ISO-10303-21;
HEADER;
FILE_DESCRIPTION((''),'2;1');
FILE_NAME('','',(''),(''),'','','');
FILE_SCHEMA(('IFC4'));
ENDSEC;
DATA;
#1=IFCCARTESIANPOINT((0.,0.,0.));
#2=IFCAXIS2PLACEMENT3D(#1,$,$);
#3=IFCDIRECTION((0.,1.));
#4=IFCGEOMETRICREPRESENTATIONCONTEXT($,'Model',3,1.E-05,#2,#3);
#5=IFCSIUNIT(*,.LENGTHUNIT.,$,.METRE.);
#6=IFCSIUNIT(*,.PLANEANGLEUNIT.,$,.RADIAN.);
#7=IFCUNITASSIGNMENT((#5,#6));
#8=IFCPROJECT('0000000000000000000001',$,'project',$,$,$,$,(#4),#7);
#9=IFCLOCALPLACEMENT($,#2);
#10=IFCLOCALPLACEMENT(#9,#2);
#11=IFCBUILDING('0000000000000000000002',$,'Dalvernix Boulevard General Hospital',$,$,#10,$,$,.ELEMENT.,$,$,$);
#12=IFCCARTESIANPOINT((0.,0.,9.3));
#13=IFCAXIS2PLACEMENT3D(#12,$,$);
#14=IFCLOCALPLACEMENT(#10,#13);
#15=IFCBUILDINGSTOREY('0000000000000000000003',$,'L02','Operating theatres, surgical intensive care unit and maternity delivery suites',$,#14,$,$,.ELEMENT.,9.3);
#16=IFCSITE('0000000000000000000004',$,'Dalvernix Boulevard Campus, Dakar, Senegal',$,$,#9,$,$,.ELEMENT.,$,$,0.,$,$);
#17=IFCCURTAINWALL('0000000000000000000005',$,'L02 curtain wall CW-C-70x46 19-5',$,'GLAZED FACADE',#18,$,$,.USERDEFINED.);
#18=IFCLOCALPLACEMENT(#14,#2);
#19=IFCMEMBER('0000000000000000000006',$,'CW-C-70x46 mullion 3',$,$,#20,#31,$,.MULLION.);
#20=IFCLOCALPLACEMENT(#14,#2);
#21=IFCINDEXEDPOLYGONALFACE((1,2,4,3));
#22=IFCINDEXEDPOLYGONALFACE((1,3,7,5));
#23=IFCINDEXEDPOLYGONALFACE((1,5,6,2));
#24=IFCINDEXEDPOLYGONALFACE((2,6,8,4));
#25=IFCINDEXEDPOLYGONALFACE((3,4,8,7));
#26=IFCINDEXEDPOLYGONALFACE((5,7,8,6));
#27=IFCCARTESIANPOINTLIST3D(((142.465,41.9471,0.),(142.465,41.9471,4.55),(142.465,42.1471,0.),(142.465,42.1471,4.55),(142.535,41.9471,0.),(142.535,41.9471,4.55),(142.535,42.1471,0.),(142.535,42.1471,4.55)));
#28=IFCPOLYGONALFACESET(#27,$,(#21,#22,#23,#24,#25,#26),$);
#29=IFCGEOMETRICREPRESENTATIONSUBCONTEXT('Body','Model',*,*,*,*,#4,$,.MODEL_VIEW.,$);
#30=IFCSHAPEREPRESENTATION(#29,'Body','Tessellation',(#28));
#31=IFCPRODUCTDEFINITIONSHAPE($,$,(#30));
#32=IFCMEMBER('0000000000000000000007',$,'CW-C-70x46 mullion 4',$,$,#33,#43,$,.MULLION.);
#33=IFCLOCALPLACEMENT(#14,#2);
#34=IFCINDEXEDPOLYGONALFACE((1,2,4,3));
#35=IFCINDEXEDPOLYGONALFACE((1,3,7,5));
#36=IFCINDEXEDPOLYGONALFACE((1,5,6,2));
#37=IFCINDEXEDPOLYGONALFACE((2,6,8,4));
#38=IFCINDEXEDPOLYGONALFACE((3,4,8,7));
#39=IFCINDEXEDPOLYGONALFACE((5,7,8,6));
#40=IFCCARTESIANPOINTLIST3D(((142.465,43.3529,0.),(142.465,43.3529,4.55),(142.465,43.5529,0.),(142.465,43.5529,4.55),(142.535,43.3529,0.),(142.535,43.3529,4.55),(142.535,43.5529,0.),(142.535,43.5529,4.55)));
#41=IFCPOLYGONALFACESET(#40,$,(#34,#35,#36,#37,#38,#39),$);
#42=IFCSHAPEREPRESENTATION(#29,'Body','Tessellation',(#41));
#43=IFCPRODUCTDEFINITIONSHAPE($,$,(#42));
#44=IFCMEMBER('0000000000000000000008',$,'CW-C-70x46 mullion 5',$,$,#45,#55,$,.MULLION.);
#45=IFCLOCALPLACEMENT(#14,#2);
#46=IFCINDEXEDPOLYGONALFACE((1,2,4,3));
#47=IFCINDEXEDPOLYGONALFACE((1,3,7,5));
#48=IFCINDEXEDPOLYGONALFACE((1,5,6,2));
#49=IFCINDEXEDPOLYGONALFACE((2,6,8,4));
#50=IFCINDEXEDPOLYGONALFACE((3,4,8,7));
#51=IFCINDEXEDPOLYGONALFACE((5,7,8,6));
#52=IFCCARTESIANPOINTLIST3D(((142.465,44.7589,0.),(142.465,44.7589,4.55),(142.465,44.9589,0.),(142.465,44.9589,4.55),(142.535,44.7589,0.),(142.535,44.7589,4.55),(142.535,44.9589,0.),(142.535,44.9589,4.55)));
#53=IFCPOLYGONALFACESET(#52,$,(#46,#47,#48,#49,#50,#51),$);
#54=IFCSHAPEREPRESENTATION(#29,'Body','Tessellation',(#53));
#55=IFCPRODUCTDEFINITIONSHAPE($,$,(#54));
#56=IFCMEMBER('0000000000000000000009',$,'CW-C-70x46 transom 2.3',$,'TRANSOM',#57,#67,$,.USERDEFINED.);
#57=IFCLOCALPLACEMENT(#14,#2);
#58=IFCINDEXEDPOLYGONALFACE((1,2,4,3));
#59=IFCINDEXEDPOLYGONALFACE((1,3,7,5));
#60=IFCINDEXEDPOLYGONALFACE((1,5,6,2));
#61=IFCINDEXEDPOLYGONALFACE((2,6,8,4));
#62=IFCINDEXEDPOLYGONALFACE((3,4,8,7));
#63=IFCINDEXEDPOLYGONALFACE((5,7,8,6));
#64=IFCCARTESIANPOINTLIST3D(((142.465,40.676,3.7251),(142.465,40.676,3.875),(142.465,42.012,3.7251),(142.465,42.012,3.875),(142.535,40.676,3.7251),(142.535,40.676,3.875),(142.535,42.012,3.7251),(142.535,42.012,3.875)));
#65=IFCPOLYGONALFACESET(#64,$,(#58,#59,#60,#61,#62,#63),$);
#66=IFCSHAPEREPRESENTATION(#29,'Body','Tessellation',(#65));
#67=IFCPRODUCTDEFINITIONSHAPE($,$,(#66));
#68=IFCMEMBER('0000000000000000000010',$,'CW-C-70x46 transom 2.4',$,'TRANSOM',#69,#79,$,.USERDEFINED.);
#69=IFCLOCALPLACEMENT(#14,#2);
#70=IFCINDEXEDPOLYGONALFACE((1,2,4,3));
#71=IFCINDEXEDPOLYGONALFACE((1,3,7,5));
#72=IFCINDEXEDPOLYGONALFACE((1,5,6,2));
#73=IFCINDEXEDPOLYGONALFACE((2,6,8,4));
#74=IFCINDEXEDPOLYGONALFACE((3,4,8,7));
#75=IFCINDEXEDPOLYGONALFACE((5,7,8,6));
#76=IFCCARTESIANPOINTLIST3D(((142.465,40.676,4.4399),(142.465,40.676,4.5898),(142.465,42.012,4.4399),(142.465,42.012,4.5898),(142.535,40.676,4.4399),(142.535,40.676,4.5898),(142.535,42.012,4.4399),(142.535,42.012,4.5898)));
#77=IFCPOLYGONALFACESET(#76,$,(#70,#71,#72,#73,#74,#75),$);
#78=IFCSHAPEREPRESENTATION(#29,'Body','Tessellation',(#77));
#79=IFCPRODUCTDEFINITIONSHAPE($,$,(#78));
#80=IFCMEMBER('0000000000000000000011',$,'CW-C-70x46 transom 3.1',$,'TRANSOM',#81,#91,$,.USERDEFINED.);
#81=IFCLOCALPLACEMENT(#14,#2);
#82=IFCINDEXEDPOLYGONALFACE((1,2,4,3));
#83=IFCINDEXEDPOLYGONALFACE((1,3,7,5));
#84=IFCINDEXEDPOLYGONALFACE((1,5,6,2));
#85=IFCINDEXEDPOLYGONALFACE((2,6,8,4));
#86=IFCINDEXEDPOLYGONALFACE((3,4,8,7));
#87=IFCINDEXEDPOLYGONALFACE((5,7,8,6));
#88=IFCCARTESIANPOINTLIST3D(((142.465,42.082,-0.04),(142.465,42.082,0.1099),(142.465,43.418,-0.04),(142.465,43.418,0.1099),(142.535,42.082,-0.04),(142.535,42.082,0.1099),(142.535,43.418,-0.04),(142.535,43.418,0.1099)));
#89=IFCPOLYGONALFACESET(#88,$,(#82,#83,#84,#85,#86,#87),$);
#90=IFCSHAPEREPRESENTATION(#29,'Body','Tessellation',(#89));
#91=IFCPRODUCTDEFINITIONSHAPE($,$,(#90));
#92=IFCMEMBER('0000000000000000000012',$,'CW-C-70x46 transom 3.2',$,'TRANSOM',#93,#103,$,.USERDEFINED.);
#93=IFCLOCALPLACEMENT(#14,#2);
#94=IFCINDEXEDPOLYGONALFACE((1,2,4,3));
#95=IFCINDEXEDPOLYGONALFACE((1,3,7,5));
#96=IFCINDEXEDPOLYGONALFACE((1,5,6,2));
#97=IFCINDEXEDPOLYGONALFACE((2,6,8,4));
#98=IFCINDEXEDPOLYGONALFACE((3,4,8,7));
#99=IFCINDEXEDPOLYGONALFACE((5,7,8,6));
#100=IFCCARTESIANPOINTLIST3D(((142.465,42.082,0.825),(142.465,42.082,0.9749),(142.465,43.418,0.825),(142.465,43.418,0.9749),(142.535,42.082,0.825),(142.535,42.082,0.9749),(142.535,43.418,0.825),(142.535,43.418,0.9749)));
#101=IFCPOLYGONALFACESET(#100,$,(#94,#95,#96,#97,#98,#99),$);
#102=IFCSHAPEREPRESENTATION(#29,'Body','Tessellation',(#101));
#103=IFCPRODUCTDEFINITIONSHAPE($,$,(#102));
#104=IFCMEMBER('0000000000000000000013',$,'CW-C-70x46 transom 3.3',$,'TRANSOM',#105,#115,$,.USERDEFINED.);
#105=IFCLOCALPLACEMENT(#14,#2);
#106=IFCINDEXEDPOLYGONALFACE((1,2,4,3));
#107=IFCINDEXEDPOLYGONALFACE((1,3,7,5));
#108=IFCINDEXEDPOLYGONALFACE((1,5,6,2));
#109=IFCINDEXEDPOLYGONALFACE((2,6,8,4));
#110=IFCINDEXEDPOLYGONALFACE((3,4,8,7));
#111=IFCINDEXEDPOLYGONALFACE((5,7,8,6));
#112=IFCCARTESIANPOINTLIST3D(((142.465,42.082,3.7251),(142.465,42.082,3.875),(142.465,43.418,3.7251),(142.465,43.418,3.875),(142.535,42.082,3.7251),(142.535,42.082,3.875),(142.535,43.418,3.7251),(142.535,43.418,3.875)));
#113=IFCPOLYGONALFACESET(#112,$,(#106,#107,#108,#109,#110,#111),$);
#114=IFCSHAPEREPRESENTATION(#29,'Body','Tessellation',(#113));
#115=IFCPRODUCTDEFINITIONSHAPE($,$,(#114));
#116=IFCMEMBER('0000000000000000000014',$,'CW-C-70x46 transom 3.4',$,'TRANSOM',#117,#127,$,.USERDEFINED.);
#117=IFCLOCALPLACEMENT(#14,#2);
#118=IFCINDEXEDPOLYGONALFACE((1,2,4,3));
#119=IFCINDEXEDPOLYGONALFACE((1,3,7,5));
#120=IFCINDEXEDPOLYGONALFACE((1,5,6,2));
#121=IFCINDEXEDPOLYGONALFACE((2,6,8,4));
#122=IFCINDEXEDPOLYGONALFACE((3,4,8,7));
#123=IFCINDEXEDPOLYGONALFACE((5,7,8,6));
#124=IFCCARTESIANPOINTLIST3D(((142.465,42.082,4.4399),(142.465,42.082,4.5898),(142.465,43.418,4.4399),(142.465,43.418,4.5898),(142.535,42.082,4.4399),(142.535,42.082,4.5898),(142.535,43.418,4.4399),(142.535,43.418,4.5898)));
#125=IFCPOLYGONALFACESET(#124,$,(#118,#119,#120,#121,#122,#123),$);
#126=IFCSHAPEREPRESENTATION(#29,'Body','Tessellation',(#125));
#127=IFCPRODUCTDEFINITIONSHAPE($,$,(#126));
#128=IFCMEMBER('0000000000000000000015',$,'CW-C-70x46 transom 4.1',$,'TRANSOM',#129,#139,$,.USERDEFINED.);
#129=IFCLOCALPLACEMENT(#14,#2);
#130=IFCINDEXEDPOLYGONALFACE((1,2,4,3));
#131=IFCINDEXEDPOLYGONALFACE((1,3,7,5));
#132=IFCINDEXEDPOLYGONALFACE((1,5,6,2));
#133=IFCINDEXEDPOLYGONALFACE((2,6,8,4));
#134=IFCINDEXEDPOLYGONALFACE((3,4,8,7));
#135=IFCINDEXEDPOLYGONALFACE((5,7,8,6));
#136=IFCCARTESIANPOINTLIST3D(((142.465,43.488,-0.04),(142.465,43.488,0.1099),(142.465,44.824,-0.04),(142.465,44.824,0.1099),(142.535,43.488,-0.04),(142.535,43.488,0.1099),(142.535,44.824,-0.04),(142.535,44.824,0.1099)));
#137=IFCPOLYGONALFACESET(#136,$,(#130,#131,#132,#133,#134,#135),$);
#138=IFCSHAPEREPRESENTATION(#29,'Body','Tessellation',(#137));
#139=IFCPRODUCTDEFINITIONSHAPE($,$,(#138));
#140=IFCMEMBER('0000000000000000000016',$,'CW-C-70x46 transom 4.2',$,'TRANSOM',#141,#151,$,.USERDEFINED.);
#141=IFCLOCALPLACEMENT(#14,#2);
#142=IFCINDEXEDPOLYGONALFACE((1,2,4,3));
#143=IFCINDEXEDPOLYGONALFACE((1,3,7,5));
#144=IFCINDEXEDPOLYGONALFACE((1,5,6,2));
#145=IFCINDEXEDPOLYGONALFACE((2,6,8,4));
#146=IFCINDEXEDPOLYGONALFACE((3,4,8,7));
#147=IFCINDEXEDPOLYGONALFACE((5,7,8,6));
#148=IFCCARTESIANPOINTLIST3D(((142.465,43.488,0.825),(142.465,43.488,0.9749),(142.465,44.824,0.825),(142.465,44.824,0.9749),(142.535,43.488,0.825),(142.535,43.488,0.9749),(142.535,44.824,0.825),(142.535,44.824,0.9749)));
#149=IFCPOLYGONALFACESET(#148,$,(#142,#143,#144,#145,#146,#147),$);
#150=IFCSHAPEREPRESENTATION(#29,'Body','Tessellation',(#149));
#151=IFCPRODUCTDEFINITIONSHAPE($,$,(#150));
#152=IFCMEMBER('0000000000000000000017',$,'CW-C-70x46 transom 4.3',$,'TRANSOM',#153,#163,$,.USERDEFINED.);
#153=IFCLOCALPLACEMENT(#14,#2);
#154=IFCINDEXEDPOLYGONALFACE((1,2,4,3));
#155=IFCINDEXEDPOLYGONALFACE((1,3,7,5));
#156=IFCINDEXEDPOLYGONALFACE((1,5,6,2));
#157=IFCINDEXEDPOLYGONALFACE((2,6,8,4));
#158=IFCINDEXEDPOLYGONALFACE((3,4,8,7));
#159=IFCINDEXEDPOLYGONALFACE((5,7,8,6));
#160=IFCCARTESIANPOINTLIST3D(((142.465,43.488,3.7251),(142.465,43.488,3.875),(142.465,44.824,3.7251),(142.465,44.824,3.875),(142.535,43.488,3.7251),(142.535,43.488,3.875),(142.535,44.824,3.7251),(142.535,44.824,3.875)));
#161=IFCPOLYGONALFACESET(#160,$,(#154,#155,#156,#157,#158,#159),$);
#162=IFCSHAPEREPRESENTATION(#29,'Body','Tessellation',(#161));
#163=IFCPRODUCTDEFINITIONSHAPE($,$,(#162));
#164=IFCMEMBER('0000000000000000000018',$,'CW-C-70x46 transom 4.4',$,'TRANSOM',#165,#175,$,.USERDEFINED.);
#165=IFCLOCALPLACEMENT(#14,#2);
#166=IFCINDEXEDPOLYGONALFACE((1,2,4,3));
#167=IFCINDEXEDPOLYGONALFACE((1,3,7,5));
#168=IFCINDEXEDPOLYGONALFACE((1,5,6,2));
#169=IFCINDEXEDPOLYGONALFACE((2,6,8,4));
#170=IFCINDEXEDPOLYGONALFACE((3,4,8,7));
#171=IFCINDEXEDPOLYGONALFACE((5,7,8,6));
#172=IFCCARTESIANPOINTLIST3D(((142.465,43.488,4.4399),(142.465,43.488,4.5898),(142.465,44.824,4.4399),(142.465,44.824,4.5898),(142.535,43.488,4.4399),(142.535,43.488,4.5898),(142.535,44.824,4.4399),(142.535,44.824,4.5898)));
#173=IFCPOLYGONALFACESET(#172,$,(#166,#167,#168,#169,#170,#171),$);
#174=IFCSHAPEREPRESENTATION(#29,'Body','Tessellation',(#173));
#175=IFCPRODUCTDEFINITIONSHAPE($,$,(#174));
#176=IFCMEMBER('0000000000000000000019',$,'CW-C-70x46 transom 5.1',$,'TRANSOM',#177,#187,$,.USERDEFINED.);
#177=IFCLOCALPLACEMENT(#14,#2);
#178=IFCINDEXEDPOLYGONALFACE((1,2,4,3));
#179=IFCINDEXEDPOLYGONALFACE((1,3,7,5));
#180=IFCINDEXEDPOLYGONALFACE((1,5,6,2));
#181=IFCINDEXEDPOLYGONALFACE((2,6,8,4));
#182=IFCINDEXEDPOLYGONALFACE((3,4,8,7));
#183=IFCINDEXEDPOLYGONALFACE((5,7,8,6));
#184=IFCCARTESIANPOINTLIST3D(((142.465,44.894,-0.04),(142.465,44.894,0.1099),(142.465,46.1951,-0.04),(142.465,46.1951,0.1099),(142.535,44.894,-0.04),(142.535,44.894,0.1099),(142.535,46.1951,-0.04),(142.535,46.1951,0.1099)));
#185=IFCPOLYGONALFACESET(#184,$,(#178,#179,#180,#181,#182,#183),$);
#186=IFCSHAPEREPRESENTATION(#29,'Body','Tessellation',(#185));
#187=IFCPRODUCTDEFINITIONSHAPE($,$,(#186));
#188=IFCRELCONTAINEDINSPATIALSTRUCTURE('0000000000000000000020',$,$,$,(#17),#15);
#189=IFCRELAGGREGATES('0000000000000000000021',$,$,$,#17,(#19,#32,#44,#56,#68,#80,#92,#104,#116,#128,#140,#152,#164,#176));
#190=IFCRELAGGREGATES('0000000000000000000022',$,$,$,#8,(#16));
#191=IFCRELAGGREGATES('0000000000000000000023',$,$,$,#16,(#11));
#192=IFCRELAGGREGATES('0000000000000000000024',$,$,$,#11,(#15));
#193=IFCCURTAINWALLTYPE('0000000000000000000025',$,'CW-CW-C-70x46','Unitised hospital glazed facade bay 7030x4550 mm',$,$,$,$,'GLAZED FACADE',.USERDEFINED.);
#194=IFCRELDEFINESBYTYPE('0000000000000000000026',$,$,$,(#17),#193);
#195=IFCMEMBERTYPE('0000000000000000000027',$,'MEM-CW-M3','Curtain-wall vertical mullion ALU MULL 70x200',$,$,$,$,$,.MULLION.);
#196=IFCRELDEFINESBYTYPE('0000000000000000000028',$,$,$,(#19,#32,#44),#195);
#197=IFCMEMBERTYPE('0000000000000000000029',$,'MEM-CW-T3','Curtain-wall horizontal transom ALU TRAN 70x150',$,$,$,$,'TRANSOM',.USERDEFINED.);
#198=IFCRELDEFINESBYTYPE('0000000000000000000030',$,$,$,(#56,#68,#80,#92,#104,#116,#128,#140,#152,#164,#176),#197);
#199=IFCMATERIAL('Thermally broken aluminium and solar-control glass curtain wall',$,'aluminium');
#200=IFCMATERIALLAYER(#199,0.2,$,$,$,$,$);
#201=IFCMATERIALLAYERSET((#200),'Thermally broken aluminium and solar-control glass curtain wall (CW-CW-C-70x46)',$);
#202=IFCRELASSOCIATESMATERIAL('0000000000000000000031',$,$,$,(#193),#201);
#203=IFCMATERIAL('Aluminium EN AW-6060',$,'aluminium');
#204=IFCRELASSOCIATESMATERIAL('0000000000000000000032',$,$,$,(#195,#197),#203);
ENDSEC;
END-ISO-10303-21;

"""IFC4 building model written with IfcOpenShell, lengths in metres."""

from ifc_helpers import new_model, si_unit, direction, frame, origin, origin_2d, place, context, subcontext, project, spatial, rectangle, extrude, material, layer, layer_set, material_profile, profile_set, type_object, element, aggregate, save


model = new_model("IFC4")

# Units and contexts
model_context = context("Model", 3, precision=1e-05, world=origin(), true_north=direction((0.0, 1.0)))
body_context = subcontext(model_context, "Body", "Model", "MODEL_VIEW")
ifc_project = project(units=[si_unit("LENGTHUNIT", "METRE"), si_unit("PLANEANGLEUNIT", "RADIAN")], contexts=[model_context])

# Site, building, storey
site_placement = place(None, origin())
site = spatial("IfcSite", under=ifc_project, at=site_placement, Name="Dalvernix Boulevard Campus, Dakar, Senegal", CompositionType="ELEMENT", RefElevation=0.0)
building_placement = place(site_placement, origin())
building = spatial("IfcBuilding", under=site, at=building_placement, Name="Dalvernix Boulevard General Hospital", CompositionType="ELEMENT")
storey_placement = place(building_placement, frame((0.0, 0.0, 9.3)))
storey = spatial("IfcBuildingStorey", under=building, at=storey_placement, Name="L02", Description="Operating theatres, surgical intensive care unit and maternity delivery suites", CompositionType="ELEMENT", Elevation=9.3)

# Curtain wall, members
ifc_material_1 = material(Name="Thermally broken aluminium and solar-control glass curtain wall", Category="aluminium")
ifc_layer_1 = layer(ifc_material_1, 0.2)
ifc_layer_set_1 = layer_set([ifc_layer_1], Name="Thermally broken aluminium and solar-control glass curtain wall (CW-CW-C-70x46)")
curtain_wall_type = type_object("IfcCurtainWallType", Name="CW-CW-C-70x46", Description="Unitised hospital glazed facade bay 7030x4550 mm", ElementType="GLAZED FACADE", PredefinedType="USERDEFINED", material=ifc_layer_set_1)
curtain_wall_placement = place(storey_placement, origin())
curtain_wall = element("IfcCurtainWall", 1, at=curtain_wall_placement, inside=storey, type_object=curtain_wall_type, Name="L02 curtain wall CW-C-70x46 19-5", ObjectType="GLAZED FACADE", PredefinedType="USERDEFINED")
ifc_material_2 = material(Name="Aluminium EN AW-6060", Category="aluminium")
ifc_material_profile_1 = material_profile(ifc_material_2, rectangle(XDim=0.0701, YDim=0.2, at=origin_2d()), Name="ALU MULL 70x200")
ifc_profile_set_1 = profile_set([ifc_material_profile_1], Name="Aluminium EN AW-6060")
member_type_1 = type_object("IfcMemberType", Name="MEM-CW-M3", Description="Curtain-wall vertical mullion ALU MULL 70x200", PredefinedType="MULLION", material=ifc_profile_set_1)
member_1_placement = place(storey_placement, frame((142.5, 42.0471, 0.0), z_axis=(0.0, 0.0, 1.0), x_axis=(-1.0, 0.0, 0.0)))
member_1 = element("IfcMember", 2, at=member_1_placement, type_object=member_type_1, Name="CW-C-70x46 mullion 3", PredefinedType="MULLION", context=body_context, shape_type="SweptSolid", body=[
    extrude(rectangle(XDim=0.0701, YDim=0.2, at=origin_2d()), origin(), (0.0, 0.0, 1.0), 4.55),
])
member_2_placement = place(storey_placement, frame((142.5, 43.4529, 0.0), z_axis=(0.0, 0.0, 1.0), x_axis=(-1.0, 0.0, 0.0)))
member_2 = element("IfcMember", 3, at=member_2_placement, type_object=member_type_1, Name="CW-C-70x46 mullion 4", PredefinedType="MULLION", context=body_context, shape_type="SweptSolid", body=[
    extrude(rectangle(XDim=0.0701, YDim=0.2, at=origin_2d()), origin(), (0.0, 0.0, 1.0), 4.55),
])
member_3_placement = place(storey_placement, frame((142.5, 44.8589, 0.0), z_axis=(0.0, 0.0, 1.0), x_axis=(-1.0, 0.0, 0.0)))
member_3 = element("IfcMember", 4, at=member_3_placement, type_object=member_type_1, Name="CW-C-70x46 mullion 5", PredefinedType="MULLION", context=body_context, shape_type="SweptSolid", body=[
    extrude(rectangle(XDim=0.0701, YDim=0.2, at=origin_2d()), origin(), (0.0, 0.0, 1.0), 4.55),
])
ifc_material_profile_2 = material_profile(ifc_material_2, rectangle(XDim=0.0701, YDim=0.1499, at=origin_2d()), Name="ALU TRAN 70x150")
ifc_profile_set_2 = profile_set([ifc_material_profile_2], Name="Aluminium EN AW-6060")
member_type_2 = type_object("IfcMemberType", Name="MEM-CW-T3", Description="Curtain-wall horizontal transom ALU TRAN 70x150", ElementType="TRANSOM", PredefinedType="USERDEFINED", material=ifc_profile_set_2)
member_4_placement = place(storey_placement, frame((142.5, 40.676, 3.8), z_axis=(0.0, 1.0, 0.0), x_axis=(-1.0, 0.0, 0.0)))
member_4 = element("IfcMember", 5, at=member_4_placement, type_object=member_type_2, Name="CW-C-70x46 transom 2.3", ObjectType="TRANSOM", PredefinedType="USERDEFINED", context=body_context, shape_type="SweptSolid", body=[
    extrude(rectangle(XDim=0.0701, YDim=0.1499, at=origin_2d()), origin(), (0.0, 0.0, 1.0), 1.3359),
])
member_5_placement = place(storey_placement, frame((142.5, 40.676, 4.5149), z_axis=(0.0, 1.0, 0.0), x_axis=(-1.0, 0.0, 0.0)))
member_5 = element("IfcMember", 6, at=member_5_placement, type_object=member_type_2, Name="CW-C-70x46 transom 2.4", ObjectType="TRANSOM", PredefinedType="USERDEFINED", context=body_context, shape_type="SweptSolid", body=[
    extrude(rectangle(XDim=0.0701, YDim=0.1499, at=origin_2d()), origin(), (0.0, 0.0, 1.0), 1.3359),
])
member_6_placement = place(storey_placement, frame((142.5, 42.082, 0.0349), z_axis=(0.0, 1.0, 0.0), x_axis=(-1.0, 0.0, 0.0)))
member_6 = element("IfcMember", 7, at=member_6_placement, type_object=member_type_2, Name="CW-C-70x46 transom 3.1", ObjectType="TRANSOM", PredefinedType="USERDEFINED", context=body_context, shape_type="SweptSolid", body=[
    extrude(rectangle(XDim=0.0701, YDim=0.1499, at=origin_2d()), origin(), (0.0, 0.0, 1.0), 1.3359),
])
member_7_placement = place(storey_placement, frame((142.5, 42.082, 0.8999), z_axis=(0.0, 1.0, 0.0), x_axis=(-1.0, 0.0, 0.0)))
member_7 = element("IfcMember", 8, at=member_7_placement, type_object=member_type_2, Name="CW-C-70x46 transom 3.2", ObjectType="TRANSOM", PredefinedType="USERDEFINED", context=body_context, shape_type="SweptSolid", body=[
    extrude(rectangle(XDim=0.0701, YDim=0.1499, at=origin_2d()), origin(), (0.0, 0.0, 1.0), 1.3359),
])
member_8_placement = place(storey_placement, frame((142.5, 42.082, 3.8), z_axis=(0.0, 1.0, 0.0), x_axis=(-1.0, 0.0, 0.0)))
member_8 = element("IfcMember", 9, at=member_8_placement, type_object=member_type_2, Name="CW-C-70x46 transom 3.3", ObjectType="TRANSOM", PredefinedType="USERDEFINED", context=body_context, shape_type="SweptSolid", body=[
    extrude(rectangle(XDim=0.0701, YDim=0.1499, at=origin_2d()), origin(), (0.0, 0.0, 1.0), 1.3359),
])
member_9_placement = place(storey_placement, frame((142.5, 42.082, 4.5149), z_axis=(0.0, 1.0, 0.0), x_axis=(-1.0, 0.0, 0.0)))
member_9 = element("IfcMember", 10, at=member_9_placement, type_object=member_type_2, Name="CW-C-70x46 transom 3.4", ObjectType="TRANSOM", PredefinedType="USERDEFINED", context=body_context, shape_type="SweptSolid", body=[
    extrude(rectangle(XDim=0.0701, YDim=0.1499, at=origin_2d()), origin(), (0.0, 0.0, 1.0), 1.3359),
])
member_10_placement = place(storey_placement, frame((142.5, 43.488, 0.0349), z_axis=(0.0, 1.0, 0.0), x_axis=(-1.0, 0.0, 0.0)))
member_10 = element("IfcMember", 11, at=member_10_placement, type_object=member_type_2, Name="CW-C-70x46 transom 4.1", ObjectType="TRANSOM", PredefinedType="USERDEFINED", context=body_context, shape_type="SweptSolid", body=[
    extrude(rectangle(XDim=0.0701, YDim=0.1499, at=origin_2d()), origin(), (0.0, 0.0, 1.0), 1.3359),
])
member_11_placement = place(storey_placement, frame((142.5, 43.488, 0.8999), z_axis=(0.0, 1.0, 0.0), x_axis=(-1.0, 0.0, 0.0)))
member_11 = element("IfcMember", 12, at=member_11_placement, type_object=member_type_2, Name="CW-C-70x46 transom 4.2", ObjectType="TRANSOM", PredefinedType="USERDEFINED", context=body_context, shape_type="SweptSolid", body=[
    extrude(rectangle(XDim=0.0701, YDim=0.1499, at=origin_2d()), origin(), (0.0, 0.0, 1.0), 1.3359),
])
member_12_placement = place(storey_placement, frame((142.5, 43.488, 3.8), z_axis=(0.0, 1.0, 0.0), x_axis=(-1.0, 0.0, 0.0)))
member_12 = element("IfcMember", 13, at=member_12_placement, type_object=member_type_2, Name="CW-C-70x46 transom 4.3", ObjectType="TRANSOM", PredefinedType="USERDEFINED", context=body_context, shape_type="SweptSolid", body=[
    extrude(rectangle(XDim=0.0701, YDim=0.1499, at=origin_2d()), origin(), (0.0, 0.0, 1.0), 1.3359),
])
member_13_placement = place(storey_placement, frame((142.5, 43.488, 4.5149), z_axis=(0.0, 1.0, 0.0), x_axis=(-1.0, 0.0, 0.0)))
member_13 = element("IfcMember", 14, at=member_13_placement, type_object=member_type_2, Name="CW-C-70x46 transom 4.4", ObjectType="TRANSOM", PredefinedType="USERDEFINED", context=body_context, shape_type="SweptSolid", body=[
    extrude(rectangle(XDim=0.0701, YDim=0.1499, at=origin_2d()), origin(), (0.0, 0.0, 1.0), 1.3359),
])
member_14_placement = place(storey_placement, frame((142.5, 44.894, 0.0349), z_axis=(0.0, 1.0, 0.0), x_axis=(-1.0, 0.0, 0.0)))
member_14 = element("IfcMember", 15, at=member_14_placement, type_object=member_type_2, Name="CW-C-70x46 transom 5.1", ObjectType="TRANSOM", PredefinedType="USERDEFINED", context=body_context, shape_type="SweptSolid", body=[
    extrude(rectangle(XDim=0.0701, YDim=0.1499, at=origin_2d()), origin(), (0.0, 0.0, 1.0), 1.301),
])
aggregate(curtain_wall, [member_1, member_2, member_3, member_4, member_5, member_6, member_7, member_8, member_9, member_10, member_11, member_12, member_13, member_14])

save(model, "model.ifc")
